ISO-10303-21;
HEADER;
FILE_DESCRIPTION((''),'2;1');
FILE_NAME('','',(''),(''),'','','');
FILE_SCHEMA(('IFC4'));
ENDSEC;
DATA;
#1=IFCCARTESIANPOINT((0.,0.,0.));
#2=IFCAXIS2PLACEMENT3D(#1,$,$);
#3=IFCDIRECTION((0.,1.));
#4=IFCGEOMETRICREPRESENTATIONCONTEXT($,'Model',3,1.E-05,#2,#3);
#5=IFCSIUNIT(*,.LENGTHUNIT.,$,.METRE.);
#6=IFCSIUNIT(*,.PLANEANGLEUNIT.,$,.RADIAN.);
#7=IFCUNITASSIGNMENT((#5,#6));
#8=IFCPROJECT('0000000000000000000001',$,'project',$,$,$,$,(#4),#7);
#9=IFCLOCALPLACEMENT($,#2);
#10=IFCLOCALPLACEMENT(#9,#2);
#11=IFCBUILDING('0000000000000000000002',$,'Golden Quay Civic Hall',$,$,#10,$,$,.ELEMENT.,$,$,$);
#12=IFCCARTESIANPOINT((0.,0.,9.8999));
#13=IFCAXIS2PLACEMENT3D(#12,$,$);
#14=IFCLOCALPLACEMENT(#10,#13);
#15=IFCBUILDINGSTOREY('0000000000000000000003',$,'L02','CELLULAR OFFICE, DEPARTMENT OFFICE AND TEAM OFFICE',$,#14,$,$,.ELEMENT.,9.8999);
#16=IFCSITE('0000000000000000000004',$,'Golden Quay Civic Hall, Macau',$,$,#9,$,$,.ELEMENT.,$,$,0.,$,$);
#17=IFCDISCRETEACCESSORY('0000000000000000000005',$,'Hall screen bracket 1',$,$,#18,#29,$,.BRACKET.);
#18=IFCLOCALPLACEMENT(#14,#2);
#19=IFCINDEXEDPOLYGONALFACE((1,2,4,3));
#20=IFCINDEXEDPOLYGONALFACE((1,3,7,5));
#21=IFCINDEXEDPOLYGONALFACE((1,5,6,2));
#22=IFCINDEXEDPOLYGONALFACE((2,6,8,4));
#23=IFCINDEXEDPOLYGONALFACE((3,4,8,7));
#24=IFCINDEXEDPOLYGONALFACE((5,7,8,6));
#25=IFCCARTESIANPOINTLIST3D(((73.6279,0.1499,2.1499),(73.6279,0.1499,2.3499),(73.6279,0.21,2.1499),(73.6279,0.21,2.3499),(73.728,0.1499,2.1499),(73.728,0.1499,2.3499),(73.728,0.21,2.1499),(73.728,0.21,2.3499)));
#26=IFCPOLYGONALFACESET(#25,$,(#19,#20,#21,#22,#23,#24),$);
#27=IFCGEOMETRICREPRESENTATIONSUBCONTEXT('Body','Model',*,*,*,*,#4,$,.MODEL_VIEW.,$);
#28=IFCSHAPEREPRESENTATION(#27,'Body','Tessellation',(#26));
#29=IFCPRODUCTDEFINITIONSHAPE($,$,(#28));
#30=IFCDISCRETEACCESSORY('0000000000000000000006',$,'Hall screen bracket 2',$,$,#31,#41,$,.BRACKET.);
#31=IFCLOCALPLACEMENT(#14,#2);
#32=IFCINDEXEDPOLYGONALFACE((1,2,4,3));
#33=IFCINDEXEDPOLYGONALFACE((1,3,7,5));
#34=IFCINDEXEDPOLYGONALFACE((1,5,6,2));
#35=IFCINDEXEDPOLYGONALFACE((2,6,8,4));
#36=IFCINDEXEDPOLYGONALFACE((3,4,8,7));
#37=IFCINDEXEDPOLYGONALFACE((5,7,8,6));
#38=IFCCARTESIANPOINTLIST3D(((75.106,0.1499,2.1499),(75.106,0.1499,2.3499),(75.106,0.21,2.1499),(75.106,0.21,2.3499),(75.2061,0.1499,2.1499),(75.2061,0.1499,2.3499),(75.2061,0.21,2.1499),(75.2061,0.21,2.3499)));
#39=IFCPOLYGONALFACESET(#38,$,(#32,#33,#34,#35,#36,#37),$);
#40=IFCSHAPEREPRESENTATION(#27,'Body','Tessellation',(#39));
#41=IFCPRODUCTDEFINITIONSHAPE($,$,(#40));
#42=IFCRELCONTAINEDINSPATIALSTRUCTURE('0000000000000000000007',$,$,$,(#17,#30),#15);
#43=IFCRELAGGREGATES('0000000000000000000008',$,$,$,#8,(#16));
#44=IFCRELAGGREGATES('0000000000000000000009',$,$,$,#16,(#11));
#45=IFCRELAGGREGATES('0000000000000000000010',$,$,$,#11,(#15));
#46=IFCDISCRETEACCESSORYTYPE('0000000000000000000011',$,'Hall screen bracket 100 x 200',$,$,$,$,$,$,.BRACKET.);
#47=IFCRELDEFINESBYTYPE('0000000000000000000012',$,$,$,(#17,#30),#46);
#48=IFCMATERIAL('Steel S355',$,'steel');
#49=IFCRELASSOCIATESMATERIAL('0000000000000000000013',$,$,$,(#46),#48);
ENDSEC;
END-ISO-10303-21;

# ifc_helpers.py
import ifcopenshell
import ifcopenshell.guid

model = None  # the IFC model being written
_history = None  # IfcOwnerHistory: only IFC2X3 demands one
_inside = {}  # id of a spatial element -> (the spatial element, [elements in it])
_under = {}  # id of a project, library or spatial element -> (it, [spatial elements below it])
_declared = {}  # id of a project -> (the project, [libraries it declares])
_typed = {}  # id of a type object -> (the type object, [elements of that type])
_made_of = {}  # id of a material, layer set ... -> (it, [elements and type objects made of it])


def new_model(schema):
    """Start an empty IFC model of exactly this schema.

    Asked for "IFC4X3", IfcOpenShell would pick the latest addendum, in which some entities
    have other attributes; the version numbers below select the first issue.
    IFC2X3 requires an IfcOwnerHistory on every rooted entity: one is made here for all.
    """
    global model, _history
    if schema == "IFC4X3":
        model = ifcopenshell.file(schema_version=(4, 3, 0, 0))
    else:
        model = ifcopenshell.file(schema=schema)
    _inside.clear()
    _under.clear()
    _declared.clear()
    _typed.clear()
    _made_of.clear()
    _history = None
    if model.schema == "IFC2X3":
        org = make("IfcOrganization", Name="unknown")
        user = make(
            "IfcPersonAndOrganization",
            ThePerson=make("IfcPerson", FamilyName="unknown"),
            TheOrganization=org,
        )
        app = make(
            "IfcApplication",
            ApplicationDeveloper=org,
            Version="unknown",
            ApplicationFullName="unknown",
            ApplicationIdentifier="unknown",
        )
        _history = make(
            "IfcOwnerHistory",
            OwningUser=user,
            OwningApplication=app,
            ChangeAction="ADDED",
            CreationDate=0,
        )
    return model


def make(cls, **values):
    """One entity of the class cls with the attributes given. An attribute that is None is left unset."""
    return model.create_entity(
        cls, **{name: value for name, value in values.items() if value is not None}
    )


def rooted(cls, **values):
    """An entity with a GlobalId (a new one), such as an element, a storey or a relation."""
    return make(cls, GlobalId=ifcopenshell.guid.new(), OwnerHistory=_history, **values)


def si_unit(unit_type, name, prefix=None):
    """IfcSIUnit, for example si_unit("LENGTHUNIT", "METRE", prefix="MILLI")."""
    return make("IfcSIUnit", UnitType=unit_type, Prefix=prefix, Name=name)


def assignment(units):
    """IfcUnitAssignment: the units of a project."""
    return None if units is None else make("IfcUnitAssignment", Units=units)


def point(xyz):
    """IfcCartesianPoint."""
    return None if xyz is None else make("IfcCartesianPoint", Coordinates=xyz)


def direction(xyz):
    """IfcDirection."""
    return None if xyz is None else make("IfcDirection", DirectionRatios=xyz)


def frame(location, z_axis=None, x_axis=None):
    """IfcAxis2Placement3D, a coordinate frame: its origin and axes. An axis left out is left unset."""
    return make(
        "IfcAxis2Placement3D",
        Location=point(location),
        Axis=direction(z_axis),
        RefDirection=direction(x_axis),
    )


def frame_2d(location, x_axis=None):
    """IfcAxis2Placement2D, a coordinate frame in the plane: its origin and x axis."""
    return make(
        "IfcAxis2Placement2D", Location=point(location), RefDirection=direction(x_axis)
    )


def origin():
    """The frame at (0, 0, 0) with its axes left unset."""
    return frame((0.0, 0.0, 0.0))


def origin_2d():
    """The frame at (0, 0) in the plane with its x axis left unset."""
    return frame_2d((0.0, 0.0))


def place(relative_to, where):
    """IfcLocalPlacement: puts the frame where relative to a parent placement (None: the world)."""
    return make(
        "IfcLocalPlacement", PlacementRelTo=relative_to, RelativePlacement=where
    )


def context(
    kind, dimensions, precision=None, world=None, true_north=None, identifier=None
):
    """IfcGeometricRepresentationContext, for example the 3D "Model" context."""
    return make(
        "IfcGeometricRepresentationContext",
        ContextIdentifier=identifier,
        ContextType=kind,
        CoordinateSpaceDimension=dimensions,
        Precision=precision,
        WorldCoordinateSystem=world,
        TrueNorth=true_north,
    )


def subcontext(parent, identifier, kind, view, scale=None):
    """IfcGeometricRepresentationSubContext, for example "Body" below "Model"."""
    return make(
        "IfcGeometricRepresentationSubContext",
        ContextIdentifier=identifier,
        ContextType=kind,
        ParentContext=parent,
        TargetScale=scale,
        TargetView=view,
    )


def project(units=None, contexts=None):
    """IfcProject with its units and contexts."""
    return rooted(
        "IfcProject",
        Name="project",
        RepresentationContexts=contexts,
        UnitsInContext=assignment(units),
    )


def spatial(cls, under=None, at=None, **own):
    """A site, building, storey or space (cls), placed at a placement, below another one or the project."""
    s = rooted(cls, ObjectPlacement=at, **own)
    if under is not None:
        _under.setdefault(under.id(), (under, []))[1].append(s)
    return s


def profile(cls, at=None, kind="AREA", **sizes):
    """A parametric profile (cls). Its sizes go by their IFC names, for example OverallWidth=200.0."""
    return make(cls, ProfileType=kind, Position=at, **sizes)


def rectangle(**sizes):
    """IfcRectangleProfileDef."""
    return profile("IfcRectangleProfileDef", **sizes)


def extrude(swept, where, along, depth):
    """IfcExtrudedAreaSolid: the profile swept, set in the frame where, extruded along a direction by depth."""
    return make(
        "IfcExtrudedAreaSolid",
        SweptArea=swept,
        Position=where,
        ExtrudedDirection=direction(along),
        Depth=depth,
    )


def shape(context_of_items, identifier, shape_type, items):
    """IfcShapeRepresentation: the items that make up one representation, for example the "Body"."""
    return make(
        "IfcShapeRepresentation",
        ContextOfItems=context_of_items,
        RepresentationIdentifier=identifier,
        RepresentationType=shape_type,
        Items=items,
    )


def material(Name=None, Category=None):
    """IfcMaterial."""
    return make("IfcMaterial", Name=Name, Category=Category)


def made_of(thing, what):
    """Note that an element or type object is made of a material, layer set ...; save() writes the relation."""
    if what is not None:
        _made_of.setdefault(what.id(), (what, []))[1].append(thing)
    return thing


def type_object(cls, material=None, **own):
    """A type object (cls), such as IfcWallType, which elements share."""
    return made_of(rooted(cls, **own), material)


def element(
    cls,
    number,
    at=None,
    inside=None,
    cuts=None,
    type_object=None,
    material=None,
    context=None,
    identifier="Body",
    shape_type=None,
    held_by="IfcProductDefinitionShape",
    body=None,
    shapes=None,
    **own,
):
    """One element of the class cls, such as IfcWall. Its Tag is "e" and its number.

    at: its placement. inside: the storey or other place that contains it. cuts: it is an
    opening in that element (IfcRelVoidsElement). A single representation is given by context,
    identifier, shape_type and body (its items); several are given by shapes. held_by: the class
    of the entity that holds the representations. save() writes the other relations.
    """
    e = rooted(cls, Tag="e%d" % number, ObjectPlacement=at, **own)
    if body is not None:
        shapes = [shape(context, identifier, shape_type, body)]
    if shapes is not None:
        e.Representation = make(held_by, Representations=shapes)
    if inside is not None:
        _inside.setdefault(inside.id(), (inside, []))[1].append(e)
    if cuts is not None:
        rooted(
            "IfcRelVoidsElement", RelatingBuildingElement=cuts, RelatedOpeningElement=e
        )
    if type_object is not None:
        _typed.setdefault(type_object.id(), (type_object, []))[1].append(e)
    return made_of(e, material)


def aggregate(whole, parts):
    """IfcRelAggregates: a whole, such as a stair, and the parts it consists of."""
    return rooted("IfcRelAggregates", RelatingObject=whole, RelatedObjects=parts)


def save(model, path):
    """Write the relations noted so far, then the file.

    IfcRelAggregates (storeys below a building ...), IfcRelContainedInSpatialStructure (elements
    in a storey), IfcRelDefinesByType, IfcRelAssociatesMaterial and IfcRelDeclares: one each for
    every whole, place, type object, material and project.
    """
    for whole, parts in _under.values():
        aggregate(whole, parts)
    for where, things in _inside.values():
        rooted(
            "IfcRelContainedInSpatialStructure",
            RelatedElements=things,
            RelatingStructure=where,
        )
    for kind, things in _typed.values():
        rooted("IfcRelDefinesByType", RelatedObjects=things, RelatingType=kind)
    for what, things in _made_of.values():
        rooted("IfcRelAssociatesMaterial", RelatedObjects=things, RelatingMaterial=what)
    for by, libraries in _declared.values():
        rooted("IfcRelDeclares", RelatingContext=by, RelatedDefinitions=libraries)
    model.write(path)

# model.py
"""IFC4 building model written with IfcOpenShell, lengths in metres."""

from ifc_helpers import new_model, si_unit, direction, frame, origin, origin_2d, place, context, subcontext, project, spatial, rectangle, extrude, material, type_object, element, save


model = new_model("IFC4")

# Units and contexts
model_context = context("Model", 3, precision=1e-05, world=origin(), true_north=direction((0.0, 1.0)))
body_context = subcontext(model_context, "Body", "Model", "MODEL_VIEW")
ifc_project = project(units=[si_unit("LENGTHUNIT", "METRE"), si_unit("PLANEANGLEUNIT", "RADIAN")], contexts=[model_context])

# Site, building, storey
site_placement = place(None, origin())
site = spatial("IfcSite", under=ifc_project, at=site_placement, Name="Golden Quay Civic Hall, Macau", CompositionType="ELEMENT", RefElevation=0.0)
building_placement = place(site_placement, origin())
building = spatial("IfcBuilding", under=site, at=building_placement, Name="Golden Quay Civic Hall", CompositionType="ELEMENT")
storey_placement = place(building_placement, frame((0.0, 0.0, 9.8999)))
storey = spatial("IfcBuildingStorey", under=building, at=storey_placement, Name="L02", Description="CELLULAR OFFICE, DEPARTMENT OFFICE AND TEAM OFFICE", CompositionType="ELEMENT", Elevation=9.8999)

# Discrete accessories
ifc_material_1 = material(Name="Steel S355", Category="steel")
discrete_accessory_type = type_object("IfcDiscreteAccessoryType", Name="Hall screen bracket 100 x 200", PredefinedType="BRACKET", material=ifc_material_1)
for number, where, z_axis, x_axis, name in (
    (1, (73.678, 0.1799, 2.1499), (0.0, 0.0, 1.0), (1.0, 0.0, 0.0), "Hall screen bracket 1"),
    (2, (75.156, 0.1799, 2.1499), (0.0, 0.0, 1.0), (1.0, 0.0, 0.0), "Hall screen bracket 2"),
):
    element("IfcDiscreteAccessory", number, at=place(storey_placement, frame(where, z_axis=z_axis, x_axis=x_axis)), inside=storey, type_object=discrete_accessory_type, Name=name, PredefinedType="BRACKET", context=body_context, shape_type="SweptSolid", body=[
        extrude(rectangle(XDim=0.1001, YDim=0.0601, at=origin_2d()), origin(), (0.0, 0.0, 1.0), 0.2),
    ])

save(model, "model.ifc")
